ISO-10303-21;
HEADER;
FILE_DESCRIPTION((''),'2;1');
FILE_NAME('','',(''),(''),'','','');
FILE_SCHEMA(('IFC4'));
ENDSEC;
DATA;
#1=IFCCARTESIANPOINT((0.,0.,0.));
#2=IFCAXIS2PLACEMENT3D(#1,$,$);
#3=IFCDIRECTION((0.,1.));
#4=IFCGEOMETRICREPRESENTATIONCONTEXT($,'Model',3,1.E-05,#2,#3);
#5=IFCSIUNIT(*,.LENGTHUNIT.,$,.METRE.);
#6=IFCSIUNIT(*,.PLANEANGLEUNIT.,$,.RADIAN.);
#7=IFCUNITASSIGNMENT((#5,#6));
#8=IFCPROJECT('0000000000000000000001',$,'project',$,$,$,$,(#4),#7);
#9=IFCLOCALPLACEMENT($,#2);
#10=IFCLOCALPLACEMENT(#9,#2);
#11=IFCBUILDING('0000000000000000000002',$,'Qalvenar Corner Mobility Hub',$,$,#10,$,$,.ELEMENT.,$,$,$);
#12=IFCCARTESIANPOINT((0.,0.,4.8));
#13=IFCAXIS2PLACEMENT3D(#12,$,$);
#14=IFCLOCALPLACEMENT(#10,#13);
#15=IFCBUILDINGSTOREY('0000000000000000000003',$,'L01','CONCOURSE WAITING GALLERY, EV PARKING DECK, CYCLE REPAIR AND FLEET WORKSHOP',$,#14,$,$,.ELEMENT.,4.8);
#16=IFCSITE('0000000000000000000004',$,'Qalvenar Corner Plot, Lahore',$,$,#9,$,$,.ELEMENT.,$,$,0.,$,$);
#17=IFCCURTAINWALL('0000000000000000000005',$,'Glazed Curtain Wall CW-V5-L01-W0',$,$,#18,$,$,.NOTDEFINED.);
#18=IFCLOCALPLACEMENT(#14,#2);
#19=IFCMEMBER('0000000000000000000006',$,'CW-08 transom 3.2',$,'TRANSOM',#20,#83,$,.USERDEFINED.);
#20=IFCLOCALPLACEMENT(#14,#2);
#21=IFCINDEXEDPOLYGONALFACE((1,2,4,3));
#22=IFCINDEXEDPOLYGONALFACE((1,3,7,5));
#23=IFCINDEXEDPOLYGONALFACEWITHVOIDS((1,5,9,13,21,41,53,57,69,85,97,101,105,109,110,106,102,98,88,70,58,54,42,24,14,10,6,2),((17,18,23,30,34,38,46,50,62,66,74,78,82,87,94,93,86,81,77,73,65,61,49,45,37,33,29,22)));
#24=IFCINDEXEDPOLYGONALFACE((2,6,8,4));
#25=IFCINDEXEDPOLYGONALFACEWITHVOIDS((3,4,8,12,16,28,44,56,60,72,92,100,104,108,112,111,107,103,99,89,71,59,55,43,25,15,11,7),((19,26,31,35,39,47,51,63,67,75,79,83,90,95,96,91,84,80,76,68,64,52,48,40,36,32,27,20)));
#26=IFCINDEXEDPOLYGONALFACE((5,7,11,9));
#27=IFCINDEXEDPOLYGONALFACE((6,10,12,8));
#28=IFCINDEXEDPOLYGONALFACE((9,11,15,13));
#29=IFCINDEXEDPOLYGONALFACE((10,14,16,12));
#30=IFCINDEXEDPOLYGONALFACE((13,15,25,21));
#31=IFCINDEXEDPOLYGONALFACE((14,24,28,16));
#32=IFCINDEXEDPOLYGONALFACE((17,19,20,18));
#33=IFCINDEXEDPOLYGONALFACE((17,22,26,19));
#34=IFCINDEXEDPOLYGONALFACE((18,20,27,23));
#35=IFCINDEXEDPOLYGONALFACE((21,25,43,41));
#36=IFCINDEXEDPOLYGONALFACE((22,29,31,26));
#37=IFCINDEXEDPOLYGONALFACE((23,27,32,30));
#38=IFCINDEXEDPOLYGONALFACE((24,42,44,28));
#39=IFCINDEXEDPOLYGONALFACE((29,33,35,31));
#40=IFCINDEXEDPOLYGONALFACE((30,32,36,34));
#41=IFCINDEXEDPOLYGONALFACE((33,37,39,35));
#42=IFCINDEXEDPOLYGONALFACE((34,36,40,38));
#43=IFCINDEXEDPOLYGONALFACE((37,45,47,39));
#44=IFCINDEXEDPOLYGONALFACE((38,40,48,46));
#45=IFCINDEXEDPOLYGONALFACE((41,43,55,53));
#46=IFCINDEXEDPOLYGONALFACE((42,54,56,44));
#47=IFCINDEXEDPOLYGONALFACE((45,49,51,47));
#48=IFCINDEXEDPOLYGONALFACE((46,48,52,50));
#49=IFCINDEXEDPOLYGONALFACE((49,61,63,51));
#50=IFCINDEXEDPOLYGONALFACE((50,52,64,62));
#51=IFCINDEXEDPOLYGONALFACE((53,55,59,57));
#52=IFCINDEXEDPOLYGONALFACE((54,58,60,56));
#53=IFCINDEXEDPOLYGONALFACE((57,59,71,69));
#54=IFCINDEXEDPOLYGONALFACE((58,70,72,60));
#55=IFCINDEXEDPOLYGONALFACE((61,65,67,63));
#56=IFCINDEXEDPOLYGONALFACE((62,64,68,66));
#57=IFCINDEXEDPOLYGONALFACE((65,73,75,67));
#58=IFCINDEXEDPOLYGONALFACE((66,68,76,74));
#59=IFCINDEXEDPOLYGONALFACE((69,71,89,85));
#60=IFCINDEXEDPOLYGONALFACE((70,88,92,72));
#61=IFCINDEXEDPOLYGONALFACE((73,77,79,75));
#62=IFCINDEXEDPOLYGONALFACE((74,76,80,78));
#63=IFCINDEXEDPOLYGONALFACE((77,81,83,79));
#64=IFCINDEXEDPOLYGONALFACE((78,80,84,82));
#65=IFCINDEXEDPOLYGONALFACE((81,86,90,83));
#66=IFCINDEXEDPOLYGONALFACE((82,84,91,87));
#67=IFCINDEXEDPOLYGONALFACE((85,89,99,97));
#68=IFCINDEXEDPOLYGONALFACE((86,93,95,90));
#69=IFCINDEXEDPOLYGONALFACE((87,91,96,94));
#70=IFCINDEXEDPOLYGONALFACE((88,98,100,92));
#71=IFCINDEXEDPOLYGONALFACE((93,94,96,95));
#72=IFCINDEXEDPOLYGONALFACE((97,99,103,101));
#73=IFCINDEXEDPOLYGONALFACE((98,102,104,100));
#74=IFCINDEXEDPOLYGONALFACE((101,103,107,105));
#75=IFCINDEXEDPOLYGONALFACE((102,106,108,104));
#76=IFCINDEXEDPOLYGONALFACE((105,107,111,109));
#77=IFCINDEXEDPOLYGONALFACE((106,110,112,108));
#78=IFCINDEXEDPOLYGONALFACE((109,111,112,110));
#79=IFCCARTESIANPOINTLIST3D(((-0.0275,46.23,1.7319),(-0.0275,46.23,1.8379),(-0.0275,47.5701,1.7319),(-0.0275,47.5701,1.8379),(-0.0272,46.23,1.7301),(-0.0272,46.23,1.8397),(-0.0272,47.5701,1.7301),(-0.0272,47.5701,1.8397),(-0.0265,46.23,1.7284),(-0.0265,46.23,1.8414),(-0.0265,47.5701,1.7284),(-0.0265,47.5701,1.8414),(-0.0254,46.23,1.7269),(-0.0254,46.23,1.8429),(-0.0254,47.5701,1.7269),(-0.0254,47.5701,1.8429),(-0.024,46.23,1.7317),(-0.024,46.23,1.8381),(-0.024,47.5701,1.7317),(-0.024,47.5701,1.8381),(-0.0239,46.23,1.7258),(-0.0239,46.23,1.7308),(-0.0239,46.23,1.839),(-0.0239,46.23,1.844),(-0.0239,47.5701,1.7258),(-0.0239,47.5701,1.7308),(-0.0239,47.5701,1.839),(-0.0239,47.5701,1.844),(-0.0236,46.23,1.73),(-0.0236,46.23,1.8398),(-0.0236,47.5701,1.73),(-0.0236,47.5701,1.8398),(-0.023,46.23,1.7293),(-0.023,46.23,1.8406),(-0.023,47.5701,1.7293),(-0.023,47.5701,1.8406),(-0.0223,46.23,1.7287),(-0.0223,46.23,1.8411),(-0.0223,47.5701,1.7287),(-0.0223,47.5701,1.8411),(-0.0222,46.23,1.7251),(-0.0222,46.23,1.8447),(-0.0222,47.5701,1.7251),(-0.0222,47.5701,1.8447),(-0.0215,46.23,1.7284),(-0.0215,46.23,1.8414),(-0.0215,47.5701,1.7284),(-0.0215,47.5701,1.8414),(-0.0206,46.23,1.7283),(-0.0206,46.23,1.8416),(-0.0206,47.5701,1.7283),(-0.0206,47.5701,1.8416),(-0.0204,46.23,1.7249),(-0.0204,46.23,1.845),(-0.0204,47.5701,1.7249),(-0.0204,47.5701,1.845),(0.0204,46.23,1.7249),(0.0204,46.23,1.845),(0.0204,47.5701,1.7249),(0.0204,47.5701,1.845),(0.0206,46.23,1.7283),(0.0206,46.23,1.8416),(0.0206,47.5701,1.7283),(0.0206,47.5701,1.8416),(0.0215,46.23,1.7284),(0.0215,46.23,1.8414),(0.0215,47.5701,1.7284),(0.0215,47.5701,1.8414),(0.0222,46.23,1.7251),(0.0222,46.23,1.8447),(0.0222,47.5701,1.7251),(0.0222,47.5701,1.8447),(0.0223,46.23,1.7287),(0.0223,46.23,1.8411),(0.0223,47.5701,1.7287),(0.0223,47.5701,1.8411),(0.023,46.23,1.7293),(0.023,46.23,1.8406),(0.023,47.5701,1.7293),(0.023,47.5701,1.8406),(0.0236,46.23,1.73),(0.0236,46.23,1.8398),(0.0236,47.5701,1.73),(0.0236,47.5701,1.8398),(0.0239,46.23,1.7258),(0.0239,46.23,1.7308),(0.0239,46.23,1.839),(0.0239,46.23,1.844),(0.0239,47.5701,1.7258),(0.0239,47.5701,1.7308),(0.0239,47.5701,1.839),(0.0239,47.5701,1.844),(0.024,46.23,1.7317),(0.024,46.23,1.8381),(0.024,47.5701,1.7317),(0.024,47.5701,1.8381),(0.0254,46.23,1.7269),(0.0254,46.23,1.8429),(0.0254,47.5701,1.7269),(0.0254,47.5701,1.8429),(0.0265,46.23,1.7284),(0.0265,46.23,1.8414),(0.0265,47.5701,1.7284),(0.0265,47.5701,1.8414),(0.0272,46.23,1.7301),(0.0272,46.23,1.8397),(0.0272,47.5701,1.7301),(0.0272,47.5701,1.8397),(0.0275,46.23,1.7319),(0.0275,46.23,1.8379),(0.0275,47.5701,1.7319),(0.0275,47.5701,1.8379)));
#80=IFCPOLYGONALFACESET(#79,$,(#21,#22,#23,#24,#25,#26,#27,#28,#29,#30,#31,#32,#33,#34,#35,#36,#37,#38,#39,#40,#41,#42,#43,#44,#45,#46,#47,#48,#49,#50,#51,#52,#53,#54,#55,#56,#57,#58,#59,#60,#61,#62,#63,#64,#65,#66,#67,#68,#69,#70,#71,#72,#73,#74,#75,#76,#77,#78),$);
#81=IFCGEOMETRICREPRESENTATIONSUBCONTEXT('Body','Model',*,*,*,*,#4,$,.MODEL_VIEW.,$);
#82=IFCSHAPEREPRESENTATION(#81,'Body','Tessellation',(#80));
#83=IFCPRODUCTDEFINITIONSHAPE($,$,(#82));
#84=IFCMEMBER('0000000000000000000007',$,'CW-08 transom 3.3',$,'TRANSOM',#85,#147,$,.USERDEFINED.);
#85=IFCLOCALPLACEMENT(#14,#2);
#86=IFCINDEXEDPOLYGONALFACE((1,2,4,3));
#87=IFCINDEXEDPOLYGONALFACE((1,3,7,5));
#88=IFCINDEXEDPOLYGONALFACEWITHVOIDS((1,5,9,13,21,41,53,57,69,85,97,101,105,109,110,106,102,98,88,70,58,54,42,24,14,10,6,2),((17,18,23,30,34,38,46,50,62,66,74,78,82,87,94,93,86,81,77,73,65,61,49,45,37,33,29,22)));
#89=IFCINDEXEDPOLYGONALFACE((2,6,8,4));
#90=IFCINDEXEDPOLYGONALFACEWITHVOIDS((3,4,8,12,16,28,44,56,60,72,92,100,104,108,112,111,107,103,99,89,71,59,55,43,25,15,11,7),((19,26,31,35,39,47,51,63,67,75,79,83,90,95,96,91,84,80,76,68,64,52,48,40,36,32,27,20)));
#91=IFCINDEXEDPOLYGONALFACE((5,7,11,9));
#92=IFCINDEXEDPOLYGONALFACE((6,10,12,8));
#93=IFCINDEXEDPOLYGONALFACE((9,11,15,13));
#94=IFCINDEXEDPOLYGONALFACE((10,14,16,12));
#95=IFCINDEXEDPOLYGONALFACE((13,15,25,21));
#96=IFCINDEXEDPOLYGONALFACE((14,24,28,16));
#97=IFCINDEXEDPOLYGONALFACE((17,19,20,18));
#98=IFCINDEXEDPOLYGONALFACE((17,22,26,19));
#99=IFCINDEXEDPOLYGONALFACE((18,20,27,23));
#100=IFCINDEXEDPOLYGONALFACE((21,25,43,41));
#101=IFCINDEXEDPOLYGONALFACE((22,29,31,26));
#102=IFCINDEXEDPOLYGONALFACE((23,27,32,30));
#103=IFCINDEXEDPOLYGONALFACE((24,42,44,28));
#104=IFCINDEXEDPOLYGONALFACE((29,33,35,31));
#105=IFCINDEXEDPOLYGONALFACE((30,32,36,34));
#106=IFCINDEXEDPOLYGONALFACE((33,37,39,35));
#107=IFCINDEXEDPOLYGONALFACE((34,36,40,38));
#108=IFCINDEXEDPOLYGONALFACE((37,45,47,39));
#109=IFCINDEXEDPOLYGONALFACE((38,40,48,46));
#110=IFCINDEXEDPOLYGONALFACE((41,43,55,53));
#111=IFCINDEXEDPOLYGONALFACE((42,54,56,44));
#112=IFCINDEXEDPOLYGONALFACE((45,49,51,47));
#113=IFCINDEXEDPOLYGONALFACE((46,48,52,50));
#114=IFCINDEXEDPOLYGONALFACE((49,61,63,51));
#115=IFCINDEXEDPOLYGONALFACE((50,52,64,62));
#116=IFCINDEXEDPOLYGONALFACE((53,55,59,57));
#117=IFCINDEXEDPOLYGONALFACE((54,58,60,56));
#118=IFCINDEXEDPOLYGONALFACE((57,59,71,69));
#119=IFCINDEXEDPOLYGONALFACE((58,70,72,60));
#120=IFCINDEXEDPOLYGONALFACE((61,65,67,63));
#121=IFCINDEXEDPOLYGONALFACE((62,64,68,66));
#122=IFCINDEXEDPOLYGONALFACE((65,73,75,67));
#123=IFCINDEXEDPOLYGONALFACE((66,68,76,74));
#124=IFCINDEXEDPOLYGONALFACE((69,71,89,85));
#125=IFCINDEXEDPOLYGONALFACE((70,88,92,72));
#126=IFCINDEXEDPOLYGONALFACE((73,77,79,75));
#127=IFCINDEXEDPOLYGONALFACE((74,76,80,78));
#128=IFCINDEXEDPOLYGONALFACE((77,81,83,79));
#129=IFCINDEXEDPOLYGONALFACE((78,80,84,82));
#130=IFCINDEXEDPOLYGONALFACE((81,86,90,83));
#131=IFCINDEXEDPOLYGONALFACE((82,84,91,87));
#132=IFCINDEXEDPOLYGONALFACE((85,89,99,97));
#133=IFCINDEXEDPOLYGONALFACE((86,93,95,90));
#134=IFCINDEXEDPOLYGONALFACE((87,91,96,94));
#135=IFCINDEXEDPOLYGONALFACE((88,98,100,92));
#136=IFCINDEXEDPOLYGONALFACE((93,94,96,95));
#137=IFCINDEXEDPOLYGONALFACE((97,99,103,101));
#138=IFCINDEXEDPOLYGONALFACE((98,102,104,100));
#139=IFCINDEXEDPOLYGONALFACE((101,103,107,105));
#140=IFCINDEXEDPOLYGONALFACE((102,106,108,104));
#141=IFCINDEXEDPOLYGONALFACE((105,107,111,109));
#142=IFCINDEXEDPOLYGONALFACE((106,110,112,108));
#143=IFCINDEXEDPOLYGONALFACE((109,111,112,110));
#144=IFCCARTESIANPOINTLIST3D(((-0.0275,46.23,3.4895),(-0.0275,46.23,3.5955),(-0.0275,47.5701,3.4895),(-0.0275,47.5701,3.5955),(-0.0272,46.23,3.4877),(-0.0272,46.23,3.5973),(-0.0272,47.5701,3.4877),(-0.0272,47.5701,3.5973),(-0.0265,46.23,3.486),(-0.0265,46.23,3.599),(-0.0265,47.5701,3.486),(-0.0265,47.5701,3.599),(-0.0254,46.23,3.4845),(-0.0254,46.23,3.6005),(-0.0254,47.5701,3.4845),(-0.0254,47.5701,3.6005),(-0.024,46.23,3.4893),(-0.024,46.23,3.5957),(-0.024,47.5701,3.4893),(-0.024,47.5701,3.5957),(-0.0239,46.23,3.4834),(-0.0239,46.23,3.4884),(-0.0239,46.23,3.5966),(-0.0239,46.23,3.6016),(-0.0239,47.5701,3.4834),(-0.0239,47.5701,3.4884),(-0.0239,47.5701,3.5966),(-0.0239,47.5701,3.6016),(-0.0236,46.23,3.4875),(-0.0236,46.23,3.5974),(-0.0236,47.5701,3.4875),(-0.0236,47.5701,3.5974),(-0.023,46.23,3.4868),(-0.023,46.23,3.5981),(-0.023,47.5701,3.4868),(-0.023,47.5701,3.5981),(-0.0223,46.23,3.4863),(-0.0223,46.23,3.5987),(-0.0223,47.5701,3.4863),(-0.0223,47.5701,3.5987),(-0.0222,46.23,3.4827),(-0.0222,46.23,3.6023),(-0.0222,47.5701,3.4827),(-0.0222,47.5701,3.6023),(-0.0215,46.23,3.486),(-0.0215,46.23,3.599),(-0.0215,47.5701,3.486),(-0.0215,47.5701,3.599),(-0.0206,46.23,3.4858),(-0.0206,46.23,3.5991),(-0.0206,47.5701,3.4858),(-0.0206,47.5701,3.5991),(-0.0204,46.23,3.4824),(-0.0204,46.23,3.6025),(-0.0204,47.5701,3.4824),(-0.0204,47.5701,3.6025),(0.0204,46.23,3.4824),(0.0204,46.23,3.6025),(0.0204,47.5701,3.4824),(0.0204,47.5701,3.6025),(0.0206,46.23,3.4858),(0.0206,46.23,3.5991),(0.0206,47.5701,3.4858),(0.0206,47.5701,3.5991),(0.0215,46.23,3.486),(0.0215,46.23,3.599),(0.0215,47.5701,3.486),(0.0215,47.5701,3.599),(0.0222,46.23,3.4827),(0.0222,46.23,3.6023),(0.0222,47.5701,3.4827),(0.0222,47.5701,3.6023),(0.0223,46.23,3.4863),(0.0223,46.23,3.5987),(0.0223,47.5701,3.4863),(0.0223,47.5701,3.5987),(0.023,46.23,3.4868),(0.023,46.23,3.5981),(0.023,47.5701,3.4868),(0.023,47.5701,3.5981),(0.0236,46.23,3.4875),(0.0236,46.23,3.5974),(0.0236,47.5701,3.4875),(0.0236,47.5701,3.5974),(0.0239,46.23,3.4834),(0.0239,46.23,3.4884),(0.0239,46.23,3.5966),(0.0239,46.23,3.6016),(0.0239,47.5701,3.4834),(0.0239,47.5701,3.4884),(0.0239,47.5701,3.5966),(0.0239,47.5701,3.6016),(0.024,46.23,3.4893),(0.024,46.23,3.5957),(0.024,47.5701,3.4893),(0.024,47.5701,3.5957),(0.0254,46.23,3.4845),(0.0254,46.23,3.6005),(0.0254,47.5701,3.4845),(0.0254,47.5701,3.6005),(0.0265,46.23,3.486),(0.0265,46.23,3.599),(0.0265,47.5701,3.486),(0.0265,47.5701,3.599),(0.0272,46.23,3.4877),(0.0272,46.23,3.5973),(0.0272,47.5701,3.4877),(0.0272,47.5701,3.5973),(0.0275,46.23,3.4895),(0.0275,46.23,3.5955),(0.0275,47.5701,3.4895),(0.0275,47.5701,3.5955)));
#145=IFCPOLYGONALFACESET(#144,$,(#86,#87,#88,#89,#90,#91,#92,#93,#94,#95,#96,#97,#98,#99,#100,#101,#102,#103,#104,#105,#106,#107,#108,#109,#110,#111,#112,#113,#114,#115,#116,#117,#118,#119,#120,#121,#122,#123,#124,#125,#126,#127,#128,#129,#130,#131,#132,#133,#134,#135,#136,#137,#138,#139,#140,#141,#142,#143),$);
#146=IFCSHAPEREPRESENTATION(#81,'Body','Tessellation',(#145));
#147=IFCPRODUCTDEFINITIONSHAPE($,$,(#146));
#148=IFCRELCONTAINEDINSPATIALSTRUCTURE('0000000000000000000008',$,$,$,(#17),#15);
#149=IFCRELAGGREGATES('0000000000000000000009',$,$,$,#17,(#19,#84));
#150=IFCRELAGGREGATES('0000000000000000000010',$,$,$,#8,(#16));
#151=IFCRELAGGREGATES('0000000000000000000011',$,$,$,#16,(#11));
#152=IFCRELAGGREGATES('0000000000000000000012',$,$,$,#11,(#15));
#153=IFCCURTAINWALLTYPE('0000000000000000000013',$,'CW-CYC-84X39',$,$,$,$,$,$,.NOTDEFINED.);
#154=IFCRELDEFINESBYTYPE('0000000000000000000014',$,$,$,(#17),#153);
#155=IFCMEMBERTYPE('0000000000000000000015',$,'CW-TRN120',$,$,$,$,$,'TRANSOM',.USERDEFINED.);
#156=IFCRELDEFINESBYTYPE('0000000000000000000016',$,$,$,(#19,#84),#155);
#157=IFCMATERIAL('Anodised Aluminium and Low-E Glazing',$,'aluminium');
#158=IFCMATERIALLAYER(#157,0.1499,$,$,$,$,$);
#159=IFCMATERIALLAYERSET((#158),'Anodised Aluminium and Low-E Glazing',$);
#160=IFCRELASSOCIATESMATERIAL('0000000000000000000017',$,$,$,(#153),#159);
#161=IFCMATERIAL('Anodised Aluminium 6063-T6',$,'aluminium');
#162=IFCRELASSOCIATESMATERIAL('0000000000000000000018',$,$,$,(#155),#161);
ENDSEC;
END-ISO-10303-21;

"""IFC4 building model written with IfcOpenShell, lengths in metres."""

from ifc_helpers import new_model, si_unit, direction, frame, origin, origin_2d, place, context, subcontext, project, spatial, hollow_rectangle, extrude, material, layer, layer_set, material_profile, profile_set, type_object, element, aggregate, save


model = new_model("IFC4")

# Units and contexts
model_context = context("Model", 3, precision=1e-05, world=origin(), true_north=direction((0.0, 1.0)))
body_context = subcontext(model_context, "Body", "Model", "MODEL_VIEW")
ifc_project = project(units=[si_unit("LENGTHUNIT", "METRE"), si_unit("PLANEANGLEUNIT", "RADIAN")], contexts=[model_context])

# Site, building, storey
site_placement = place(None, origin())
site = spatial("IfcSite", under=ifc_project, at=site_placement, Name="Qalvenar Corner Plot, Lahore", CompositionType="ELEMENT", RefElevation=0.0)
building_placement = place(site_placement, origin())
building = spatial("IfcBuilding", under=site, at=building_placement, Name="Qalvenar Corner Mobility Hub", CompositionType="ELEMENT")
storey_placement = place(building_placement, frame((0.0, 0.0, 4.8)))
storey = spatial("IfcBuildingStorey", under=building, at=storey_placement, Name="L01", Description="CONCOURSE WAITING GALLERY, EV PARKING DECK, CYCLE REPAIR AND FLEET WORKSHOP", CompositionType="ELEMENT", Elevation=4.8)

# Curtain wall, members
ifc_material_1 = material(Name="Anodised Aluminium and Low-E Glazing", Category="aluminium")
ifc_layer_1 = layer(ifc_material_1, 0.1499)
ifc_layer_set_1 = layer_set([ifc_layer_1], Name="Anodised Aluminium and Low-E Glazing")
curtain_wall_type = type_object("IfcCurtainWallType", Name="CW-CYC-84X39", PredefinedType="NOTDEFINED", material=ifc_layer_set_1)
curtain_wall_placement = place(storey_placement, origin())
curtain_wall = element("IfcCurtainWall", 1, at=curtain_wall_placement, inside=storey, type_object=curtain_wall_type, Name="Glazed Curtain Wall CW-V5-L01-W0", PredefinedType="NOTDEFINED")
ifc_material_2 = material(Name="Anodised Aluminium 6063-T6", Category="aluminium")
ifc_material_profile_1 = material_profile(ifc_material_2, hollow_rectangle(XDim=0.0549, YDim=0.1201, WallThickness=0.0034, InnerFilletRadius=0.0034, OuterFilletRadius=0.0071, at=origin_2d()), Name="RHS120x55x3.5")
ifc_profile_set_1 = profile_set([ifc_material_profile_1], Name="Anodised Aluminium 6063-T6")
member_type_1 = type_object("IfcMemberType", Name="CW-TRN120", ElementType="TRANSOM", PredefinedType="USERDEFINED", material=ifc_profile_set_1)
member_1_placement = place(storey_placement, frame((0.0, 47.5701, 1.7849), z_axis=(0.0, -1.0, 0.0), x_axis=(1.0, 0.0, 0.0)))
member_1 = element("IfcMember", 2, at=member_1_placement, type_object=member_type_1, Name="CW-08 transom 3.2", ObjectType="TRANSOM", PredefinedType="USERDEFINED", context=body_context, shape_type="SweptSolid", body=[
    extrude(hollow_rectangle(XDim=0.0549, YDim=0.1201, WallThickness=0.0034, InnerFilletRadius=0.0034, OuterFilletRadius=0.0071, at=origin_2d()), origin(), (0.0, 0.0, 1.0), 1.3401),
])
member_2_placement = place(storey_placement, frame((0.0, 47.5701, 3.5425), z_axis=(0.0, -1.0, 0.0), x_axis=(1.0, 0.0, 0.0)))
member_2 = element("IfcMember", 3, at=member_2_placement, type_object=member_type_1, Name="CW-08 transom 3.3", ObjectType="TRANSOM", PredefinedType="USERDEFINED", context=body_context, shape_type="SweptSolid", body=[
    extrude(hollow_rectangle(XDim=0.0549, YDim=0.1201, WallThickness=0.0034, InnerFilletRadius=0.0034, OuterFilletRadius=0.0071, at=origin_2d()), origin(), (0.0, 0.0, 1.0), 1.3401),
])
aggregate(curtain_wall, [member_1, member_2])

save(model, "model.ifc")
